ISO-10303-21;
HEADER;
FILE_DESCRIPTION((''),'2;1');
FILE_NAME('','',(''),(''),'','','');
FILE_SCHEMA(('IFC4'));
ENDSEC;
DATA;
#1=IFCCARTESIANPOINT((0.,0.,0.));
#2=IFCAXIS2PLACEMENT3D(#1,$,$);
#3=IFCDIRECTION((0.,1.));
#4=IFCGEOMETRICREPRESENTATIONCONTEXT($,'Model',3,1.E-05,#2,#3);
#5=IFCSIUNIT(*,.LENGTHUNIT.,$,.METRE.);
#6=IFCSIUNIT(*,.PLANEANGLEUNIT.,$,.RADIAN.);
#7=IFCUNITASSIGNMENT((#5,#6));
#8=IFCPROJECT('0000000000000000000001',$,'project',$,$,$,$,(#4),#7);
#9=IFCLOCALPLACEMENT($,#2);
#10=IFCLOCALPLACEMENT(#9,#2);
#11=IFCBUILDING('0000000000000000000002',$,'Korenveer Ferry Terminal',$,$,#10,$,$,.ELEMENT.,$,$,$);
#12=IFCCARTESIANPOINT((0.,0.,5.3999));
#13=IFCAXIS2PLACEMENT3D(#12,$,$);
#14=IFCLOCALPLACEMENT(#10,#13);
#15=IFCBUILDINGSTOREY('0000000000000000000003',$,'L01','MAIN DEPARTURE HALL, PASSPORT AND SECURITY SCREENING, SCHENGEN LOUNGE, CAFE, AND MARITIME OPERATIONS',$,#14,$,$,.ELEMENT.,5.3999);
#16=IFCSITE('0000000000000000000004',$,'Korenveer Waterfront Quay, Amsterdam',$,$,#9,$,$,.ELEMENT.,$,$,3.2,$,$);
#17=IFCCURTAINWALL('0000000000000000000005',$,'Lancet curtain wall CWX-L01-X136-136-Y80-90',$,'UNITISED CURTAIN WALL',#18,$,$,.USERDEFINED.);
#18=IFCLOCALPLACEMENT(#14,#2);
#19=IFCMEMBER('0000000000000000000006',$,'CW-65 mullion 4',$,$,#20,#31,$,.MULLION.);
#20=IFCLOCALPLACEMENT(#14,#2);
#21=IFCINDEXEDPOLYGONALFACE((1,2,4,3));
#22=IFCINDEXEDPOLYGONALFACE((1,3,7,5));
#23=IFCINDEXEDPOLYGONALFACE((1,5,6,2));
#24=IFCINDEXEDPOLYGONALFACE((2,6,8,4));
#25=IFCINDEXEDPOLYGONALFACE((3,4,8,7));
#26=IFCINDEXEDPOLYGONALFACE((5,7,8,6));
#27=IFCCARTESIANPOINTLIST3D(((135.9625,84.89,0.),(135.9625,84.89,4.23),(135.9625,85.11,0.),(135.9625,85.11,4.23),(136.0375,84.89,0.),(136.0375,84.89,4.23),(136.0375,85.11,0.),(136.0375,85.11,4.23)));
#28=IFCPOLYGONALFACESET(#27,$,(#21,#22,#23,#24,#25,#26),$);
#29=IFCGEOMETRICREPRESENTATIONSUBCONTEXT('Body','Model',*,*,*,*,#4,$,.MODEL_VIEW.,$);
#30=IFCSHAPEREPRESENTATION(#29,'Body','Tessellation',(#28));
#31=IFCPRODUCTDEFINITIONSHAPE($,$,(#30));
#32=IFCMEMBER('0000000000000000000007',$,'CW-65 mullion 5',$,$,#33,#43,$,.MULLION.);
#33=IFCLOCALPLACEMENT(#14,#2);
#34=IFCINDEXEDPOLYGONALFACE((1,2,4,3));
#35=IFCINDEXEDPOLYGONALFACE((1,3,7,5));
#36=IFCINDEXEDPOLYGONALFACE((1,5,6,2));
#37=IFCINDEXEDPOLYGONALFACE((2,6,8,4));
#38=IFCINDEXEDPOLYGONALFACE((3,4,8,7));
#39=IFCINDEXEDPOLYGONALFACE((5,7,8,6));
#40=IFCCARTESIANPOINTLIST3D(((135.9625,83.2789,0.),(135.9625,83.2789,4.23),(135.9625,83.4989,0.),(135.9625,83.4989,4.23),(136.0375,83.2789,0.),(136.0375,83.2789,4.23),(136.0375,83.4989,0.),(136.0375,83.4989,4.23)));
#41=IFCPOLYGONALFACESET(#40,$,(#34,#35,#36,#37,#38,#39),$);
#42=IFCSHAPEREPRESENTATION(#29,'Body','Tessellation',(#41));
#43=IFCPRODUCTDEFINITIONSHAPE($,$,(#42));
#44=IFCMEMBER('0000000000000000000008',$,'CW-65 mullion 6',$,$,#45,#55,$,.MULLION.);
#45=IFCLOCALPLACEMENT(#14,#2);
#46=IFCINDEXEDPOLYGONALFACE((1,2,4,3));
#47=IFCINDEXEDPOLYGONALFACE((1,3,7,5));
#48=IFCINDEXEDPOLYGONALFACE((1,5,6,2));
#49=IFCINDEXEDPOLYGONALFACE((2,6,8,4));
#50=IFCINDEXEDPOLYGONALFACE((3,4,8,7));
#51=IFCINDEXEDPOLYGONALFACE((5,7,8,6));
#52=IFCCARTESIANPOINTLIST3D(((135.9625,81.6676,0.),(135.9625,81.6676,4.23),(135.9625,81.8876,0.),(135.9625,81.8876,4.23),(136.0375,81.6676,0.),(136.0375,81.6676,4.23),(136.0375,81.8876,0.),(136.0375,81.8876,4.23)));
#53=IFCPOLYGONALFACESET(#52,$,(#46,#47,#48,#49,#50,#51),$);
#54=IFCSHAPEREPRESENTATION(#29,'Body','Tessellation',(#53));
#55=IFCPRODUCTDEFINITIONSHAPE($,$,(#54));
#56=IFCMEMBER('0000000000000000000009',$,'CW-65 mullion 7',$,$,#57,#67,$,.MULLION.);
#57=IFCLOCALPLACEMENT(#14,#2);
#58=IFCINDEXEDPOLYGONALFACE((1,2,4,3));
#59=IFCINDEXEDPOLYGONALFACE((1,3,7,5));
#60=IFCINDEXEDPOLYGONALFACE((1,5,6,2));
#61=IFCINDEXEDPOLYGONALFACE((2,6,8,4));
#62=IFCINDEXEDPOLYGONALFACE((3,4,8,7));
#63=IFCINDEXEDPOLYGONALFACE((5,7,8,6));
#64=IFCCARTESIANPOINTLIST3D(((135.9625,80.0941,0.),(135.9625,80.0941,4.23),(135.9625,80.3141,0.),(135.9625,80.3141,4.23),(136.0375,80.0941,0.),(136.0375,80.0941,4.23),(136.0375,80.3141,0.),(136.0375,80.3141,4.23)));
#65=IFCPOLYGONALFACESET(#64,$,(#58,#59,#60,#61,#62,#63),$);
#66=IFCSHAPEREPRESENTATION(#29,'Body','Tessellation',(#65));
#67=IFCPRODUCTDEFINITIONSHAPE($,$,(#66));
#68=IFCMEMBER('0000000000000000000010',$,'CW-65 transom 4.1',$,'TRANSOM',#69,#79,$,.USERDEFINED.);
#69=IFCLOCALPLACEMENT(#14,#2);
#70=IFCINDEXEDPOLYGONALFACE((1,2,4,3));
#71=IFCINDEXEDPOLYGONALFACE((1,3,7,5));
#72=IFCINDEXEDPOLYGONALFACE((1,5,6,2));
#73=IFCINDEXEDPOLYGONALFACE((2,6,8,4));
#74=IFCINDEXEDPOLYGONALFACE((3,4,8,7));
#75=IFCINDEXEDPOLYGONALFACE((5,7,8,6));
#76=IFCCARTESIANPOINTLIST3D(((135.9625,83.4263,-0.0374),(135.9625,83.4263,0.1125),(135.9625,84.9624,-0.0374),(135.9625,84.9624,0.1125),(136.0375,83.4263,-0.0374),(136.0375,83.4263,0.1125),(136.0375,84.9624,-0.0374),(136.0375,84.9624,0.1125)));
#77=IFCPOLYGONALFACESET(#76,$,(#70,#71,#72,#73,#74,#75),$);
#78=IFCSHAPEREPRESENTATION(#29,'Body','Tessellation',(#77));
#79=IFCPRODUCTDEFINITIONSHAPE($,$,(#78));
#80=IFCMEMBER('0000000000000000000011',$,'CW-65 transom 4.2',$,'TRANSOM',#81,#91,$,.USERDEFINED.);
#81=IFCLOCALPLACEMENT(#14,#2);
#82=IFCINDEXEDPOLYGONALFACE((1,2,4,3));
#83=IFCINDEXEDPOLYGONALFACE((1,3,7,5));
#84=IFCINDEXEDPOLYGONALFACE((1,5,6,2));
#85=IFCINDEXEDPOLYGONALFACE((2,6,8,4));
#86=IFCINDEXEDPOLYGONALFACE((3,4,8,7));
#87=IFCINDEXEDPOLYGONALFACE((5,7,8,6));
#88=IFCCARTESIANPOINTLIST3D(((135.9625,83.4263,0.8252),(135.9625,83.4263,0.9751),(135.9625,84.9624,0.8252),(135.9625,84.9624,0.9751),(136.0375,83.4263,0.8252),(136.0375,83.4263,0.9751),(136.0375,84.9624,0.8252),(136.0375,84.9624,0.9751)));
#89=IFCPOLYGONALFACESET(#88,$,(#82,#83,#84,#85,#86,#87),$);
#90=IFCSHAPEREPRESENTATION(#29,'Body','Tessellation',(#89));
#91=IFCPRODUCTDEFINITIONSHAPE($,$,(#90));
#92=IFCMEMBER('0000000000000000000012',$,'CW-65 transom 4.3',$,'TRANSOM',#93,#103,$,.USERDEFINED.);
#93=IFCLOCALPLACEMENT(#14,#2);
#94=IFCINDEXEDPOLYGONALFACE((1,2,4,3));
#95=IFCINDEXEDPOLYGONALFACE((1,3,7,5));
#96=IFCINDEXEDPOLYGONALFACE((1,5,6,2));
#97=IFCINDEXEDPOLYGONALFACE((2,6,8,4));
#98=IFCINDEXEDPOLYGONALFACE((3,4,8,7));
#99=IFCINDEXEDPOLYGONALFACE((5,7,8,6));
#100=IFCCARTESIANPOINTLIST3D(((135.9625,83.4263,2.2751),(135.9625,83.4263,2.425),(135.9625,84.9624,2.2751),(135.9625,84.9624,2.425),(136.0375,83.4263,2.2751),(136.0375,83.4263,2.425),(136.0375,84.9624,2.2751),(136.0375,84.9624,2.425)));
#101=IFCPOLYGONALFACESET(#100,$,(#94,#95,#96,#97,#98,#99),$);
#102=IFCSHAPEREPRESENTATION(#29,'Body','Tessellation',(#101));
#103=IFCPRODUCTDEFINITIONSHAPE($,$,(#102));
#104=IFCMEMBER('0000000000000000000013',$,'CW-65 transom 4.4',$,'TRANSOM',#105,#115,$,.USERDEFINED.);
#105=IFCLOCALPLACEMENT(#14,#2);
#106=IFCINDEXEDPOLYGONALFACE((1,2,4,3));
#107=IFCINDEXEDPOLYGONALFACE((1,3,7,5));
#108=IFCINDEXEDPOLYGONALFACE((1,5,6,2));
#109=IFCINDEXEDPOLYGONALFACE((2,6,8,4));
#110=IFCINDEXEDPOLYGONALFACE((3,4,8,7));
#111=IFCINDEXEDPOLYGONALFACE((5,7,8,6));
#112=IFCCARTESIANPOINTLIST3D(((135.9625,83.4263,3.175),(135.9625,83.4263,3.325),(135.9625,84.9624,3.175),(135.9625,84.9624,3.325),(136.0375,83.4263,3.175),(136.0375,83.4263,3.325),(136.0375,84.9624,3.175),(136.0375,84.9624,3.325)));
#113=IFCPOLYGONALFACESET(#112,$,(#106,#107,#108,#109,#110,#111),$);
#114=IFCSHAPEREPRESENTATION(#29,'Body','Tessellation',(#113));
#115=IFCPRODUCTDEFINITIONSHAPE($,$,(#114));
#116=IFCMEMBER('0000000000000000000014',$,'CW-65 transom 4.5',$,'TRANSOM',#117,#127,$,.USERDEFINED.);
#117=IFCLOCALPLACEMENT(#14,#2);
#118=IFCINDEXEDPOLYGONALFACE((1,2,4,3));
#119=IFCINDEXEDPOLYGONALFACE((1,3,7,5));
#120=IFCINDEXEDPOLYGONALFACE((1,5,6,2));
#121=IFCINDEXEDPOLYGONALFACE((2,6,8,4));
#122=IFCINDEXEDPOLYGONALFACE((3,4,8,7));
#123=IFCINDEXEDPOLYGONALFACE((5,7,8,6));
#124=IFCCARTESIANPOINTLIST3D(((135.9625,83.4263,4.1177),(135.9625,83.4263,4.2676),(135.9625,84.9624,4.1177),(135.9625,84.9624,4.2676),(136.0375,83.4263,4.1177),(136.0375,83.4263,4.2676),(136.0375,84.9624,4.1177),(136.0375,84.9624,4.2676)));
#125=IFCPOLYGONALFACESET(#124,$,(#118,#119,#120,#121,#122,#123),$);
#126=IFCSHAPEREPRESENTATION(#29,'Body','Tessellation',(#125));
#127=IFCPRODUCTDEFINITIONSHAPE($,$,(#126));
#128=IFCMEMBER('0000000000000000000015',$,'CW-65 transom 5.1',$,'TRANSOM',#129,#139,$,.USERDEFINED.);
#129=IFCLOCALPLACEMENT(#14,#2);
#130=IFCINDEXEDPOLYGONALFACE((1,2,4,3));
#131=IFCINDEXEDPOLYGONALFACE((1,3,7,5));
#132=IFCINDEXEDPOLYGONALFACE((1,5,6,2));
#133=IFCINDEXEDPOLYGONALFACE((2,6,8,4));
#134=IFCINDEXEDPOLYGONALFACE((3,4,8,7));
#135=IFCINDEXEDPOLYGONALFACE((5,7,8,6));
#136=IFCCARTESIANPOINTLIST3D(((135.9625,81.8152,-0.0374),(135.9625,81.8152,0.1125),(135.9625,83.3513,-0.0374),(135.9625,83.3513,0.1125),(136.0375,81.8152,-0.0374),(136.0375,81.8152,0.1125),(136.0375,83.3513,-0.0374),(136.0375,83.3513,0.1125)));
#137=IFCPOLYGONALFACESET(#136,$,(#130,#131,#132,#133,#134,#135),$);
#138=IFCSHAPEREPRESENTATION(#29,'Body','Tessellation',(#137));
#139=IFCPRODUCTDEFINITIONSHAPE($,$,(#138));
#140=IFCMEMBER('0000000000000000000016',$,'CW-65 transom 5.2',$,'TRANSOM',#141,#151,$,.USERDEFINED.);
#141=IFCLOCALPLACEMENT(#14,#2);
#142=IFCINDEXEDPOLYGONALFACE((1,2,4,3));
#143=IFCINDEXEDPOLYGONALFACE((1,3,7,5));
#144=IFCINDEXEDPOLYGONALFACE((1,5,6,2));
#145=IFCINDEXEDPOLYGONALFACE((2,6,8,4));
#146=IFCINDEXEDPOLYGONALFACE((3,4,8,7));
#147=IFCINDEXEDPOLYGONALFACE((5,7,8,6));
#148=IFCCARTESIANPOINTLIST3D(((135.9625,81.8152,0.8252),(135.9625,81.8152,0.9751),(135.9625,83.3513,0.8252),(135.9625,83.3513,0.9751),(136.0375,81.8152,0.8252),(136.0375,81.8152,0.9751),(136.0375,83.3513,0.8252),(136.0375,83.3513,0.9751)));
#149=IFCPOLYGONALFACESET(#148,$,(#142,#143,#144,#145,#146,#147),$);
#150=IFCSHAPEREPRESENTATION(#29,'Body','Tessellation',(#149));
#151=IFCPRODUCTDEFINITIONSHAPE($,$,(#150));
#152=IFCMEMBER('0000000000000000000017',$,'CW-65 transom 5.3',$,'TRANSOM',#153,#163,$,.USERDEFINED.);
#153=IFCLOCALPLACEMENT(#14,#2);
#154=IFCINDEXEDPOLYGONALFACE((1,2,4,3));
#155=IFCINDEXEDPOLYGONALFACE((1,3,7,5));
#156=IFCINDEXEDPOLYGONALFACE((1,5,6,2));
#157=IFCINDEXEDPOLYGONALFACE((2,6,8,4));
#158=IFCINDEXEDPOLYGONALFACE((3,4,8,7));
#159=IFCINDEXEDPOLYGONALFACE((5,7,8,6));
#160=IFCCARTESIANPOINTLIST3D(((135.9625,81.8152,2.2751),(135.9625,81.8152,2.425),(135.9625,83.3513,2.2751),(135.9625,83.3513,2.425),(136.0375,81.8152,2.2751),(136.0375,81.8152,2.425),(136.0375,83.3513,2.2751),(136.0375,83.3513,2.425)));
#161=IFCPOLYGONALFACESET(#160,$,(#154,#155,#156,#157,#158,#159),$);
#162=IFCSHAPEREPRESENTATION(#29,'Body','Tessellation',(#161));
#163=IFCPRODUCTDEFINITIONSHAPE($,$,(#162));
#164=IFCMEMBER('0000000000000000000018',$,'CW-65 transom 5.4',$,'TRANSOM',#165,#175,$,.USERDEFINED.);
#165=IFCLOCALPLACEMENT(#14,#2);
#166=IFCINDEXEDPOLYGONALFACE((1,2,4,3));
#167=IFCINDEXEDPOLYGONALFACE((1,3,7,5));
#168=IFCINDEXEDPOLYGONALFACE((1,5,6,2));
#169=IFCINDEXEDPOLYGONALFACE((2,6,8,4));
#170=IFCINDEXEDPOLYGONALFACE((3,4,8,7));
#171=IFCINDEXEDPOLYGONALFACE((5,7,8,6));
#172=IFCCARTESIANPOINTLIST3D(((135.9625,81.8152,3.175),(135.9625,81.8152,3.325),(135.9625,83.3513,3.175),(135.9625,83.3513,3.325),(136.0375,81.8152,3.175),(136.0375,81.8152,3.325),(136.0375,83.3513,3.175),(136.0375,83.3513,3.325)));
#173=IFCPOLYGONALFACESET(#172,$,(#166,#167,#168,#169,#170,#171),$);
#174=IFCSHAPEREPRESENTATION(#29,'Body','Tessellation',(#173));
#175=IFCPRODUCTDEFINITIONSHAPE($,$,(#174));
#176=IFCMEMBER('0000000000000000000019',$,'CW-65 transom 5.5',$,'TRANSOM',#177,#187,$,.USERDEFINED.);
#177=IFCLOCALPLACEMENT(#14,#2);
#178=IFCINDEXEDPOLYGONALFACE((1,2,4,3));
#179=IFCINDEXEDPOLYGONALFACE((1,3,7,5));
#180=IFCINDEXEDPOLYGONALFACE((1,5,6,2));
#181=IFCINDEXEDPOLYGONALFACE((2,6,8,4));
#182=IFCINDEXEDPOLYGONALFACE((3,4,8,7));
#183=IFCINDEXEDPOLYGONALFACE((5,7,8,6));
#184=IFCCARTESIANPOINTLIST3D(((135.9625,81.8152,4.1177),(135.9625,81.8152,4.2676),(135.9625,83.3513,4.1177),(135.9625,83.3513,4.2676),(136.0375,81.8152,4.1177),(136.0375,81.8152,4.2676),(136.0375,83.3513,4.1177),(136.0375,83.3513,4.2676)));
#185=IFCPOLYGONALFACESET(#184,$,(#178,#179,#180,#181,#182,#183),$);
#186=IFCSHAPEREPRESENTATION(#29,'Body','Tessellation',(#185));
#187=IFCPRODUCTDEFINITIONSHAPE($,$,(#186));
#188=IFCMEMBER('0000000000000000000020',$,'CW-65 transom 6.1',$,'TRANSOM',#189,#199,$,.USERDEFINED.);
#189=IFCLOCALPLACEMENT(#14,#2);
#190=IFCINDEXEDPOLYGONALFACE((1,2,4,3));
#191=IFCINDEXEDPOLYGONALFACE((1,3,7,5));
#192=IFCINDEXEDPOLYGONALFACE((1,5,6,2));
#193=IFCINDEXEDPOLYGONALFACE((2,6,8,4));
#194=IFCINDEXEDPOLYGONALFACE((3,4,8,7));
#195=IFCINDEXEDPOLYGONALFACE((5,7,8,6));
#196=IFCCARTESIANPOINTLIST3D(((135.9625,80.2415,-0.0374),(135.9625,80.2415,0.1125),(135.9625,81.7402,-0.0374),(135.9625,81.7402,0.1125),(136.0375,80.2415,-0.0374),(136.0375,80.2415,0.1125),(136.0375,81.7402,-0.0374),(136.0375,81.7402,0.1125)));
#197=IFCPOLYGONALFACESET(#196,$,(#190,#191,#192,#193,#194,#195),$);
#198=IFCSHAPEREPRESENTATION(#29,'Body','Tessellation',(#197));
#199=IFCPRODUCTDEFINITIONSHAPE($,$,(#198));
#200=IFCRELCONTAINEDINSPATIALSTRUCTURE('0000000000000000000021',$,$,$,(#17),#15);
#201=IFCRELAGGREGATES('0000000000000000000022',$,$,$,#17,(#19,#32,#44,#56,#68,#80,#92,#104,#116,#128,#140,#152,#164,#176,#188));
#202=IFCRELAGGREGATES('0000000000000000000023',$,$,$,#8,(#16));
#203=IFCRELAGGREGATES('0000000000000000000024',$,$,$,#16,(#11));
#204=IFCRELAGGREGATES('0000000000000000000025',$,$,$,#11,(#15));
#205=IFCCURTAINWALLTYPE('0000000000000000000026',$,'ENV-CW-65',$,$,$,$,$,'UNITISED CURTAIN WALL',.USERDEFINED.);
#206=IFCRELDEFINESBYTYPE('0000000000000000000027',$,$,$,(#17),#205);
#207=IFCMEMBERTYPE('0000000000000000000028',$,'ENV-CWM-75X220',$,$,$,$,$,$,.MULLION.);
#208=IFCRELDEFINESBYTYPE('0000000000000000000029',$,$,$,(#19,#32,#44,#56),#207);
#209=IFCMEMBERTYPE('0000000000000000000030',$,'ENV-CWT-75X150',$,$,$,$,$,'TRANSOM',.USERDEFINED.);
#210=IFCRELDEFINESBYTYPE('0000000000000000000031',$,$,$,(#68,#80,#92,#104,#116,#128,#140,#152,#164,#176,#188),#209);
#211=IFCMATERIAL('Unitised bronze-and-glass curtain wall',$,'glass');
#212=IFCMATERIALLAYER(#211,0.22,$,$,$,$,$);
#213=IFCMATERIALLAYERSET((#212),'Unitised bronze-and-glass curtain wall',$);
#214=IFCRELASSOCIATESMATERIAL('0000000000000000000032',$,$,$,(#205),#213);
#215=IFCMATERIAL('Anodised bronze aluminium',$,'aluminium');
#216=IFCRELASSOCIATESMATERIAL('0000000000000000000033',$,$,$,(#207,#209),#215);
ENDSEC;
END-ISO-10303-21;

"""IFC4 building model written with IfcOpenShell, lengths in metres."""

from ifc_helpers import new_model, si_unit, direction, frame, origin, origin_2d, place, context, subcontext, project, spatial, rectangle, extrude, material, layer, layer_set, material_profile, profile_set, type_object, element, aggregate, save


model = new_model("IFC4")

# Units and contexts
model_context = context("Model", 3, precision=1e-05, world=origin(), true_north=direction((0.0, 1.0)))
body_context = subcontext(model_context, "Body", "Model", "MODEL_VIEW")
ifc_project = project(units=[si_unit("LENGTHUNIT", "METRE"), si_unit("PLANEANGLEUNIT", "RADIAN")], contexts=[model_context])

# Site, building, storey
site_placement = place(None, origin())
site = spatial("IfcSite", under=ifc_project, at=site_placement, Name="Korenveer Waterfront Quay, Amsterdam", CompositionType="ELEMENT", RefElevation=3.2)
building_placement = place(site_placement, origin())
building = spatial("IfcBuilding", under=site, at=building_placement, Name="Korenveer Ferry Terminal", CompositionType="ELEMENT")
storey_placement = place(building_placement, frame((0.0, 0.0, 5.3999)))
storey = spatial("IfcBuildingStorey", under=building, at=storey_placement, Name="L01", Description="MAIN DEPARTURE HALL, PASSPORT AND SECURITY SCREENING, SCHENGEN LOUNGE, CAFE, AND MARITIME OPERATIONS", CompositionType="ELEMENT", Elevation=5.3999)

# Curtain wall, members
ifc_material_1 = material(Name="Unitised bronze-and-glass curtain wall", Category="glass")
ifc_layer_1 = layer(ifc_material_1, 0.22)
ifc_layer_set_1 = layer_set([ifc_layer_1], Name="Unitised bronze-and-glass curtain wall")
curtain_wall_type = type_object("IfcCurtainWallType", Name="ENV-CW-65", ElementType="UNITISED CURTAIN WALL", PredefinedType="USERDEFINED", material=ifc_layer_set_1)
curtain_wall_placement = place(storey_placement, frame((136.0, 89.8335, 0.0)))
curtain_wall = element("IfcCurtainWall", 1, at=curtain_wall_placement, inside=storey, type_object=curtain_wall_type, Name="Lancet curtain wall CWX-L01-X136-136-Y80-90", ObjectType="UNITISED CURTAIN WALL", PredefinedType="USERDEFINED")
ifc_material_2 = material(Name="Anodised bronze aluminium", Category="aluminium")
ifc_material_profile_1 = material_profile(ifc_material_2, rectangle(XDim=0.075, YDim=0.22, at=origin_2d()), Name="ALU 75x220")
ifc_profile_set_1 = profile_set([ifc_material_profile_1], Name="Anodised bronze aluminium")
member_type_1 = type_object("IfcMemberType", Name="ENV-CWM-75X220", PredefinedType="MULLION", material=ifc_profile_set_1)
member_1_placement = place(storey_placement, frame((136.0, 85.0, 0.0), z_axis=(0.0, 0.0, 1.0), x_axis=(1.0, 0.0, 0.0)))
member_1 = element("IfcMember", 2, at=member_1_placement, type_object=member_type_1, Name="CW-65 mullion 4", PredefinedType="MULLION", context=body_context, shape_type="SweptSolid", body=[
    extrude(rectangle(XDim=0.075, YDim=0.22, at=origin_2d()), origin(), (0.0, 0.0, 1.0), 4.23),
])
member_2_placement = place(storey_placement, frame((136.0, 83.3889, 0.0), z_axis=(0.0, 0.0, 1.0), x_axis=(1.0, 0.0, 0.0)))
member_2 = element("IfcMember", 3, at=member_2_placement, type_object=member_type_1, Name="CW-65 mullion 5", PredefinedType="MULLION", context=body_context, shape_type="SweptSolid", body=[
    extrude(rectangle(XDim=0.075, YDim=0.22, at=origin_2d()), origin(), (0.0, 0.0, 1.0), 4.23),
])
member_3_placement = place(storey_placement, frame((136.0, 81.7776, 0.0), z_axis=(0.0, 0.0, 1.0), x_axis=(1.0, 0.0, 0.0)))
member_3 = element("IfcMember", 4, at=member_3_placement, type_object=member_type_1, Name="CW-65 mullion 6", PredefinedType="MULLION", context=body_context, shape_type="SweptSolid", body=[
    extrude(rectangle(XDim=0.075, YDim=0.22, at=origin_2d()), origin(), (0.0, 0.0, 1.0), 4.23),
])
member_4_placement = place(storey_placement, frame((136.0, 80.2041, 0.0), z_axis=(0.0, 0.0, 1.0), x_axis=(1.0, 0.0, 0.0)))
member_4 = element("IfcMember", 5, at=member_4_placement, type_object=member_type_1, Name="CW-65 mullion 7", PredefinedType="MULLION", context=body_context, shape_type="SweptSolid", body=[
    extrude(rectangle(XDim=0.075, YDim=0.22, at=origin_2d()), origin(), (0.0, 0.0, 1.0), 4.23),
])
ifc_material_profile_2 = material_profile(ifc_material_2, rectangle(XDim=0.075, YDim=0.1499, at=origin_2d()), Name="ALU 75x150")
ifc_profile_set_2 = profile_set([ifc_material_profile_2], Name="Anodised bronze aluminium")
member_type_2 = type_object("IfcMemberType", Name="ENV-CWT-75X150", ElementType="TRANSOM", PredefinedType="USERDEFINED", material=ifc_profile_set_2)
member_5_placement = place(storey_placement, frame((136.0, 84.9624, 0.0376), z_axis=(0.0, -1.0, 0.0), x_axis=(1.0, 0.0, 0.0)))
member_5 = element("IfcMember", 6, at=member_5_placement, type_object=member_type_2, Name="CW-65 transom 4.1", ObjectType="TRANSOM", PredefinedType="USERDEFINED", context=body_context, shape_type="SweptSolid", body=[
    extrude(rectangle(XDim=0.075, YDim=0.1499, at=origin_2d()), origin(), (0.0, 0.0, 1.0), 1.5361),
])
member_6_placement = place(storey_placement, frame((136.0, 84.9624, 0.9001), z_axis=(0.0, -1.0, 0.0), x_axis=(1.0, 0.0, 0.0)))
member_6 = element("IfcMember", 7, at=member_6_placement, type_object=member_type_2, Name="CW-65 transom 4.2", ObjectType="TRANSOM", PredefinedType="USERDEFINED", context=body_context, shape_type="SweptSolid", body=[
    extrude(rectangle(XDim=0.075, YDim=0.1499, at=origin_2d()), origin(), (0.0, 0.0, 1.0), 1.5361),
])
member_7_placement = place(storey_placement, frame((136.0, 84.9624, 2.3501), z_axis=(0.0, -1.0, 0.0), x_axis=(1.0, 0.0, 0.0)))
member_7 = element("IfcMember", 8, at=member_7_placement, type_object=member_type_2, Name="CW-65 transom 4.3", ObjectType="TRANSOM", PredefinedType="USERDEFINED", context=body_context, shape_type="SweptSolid", body=[
    extrude(rectangle(XDim=0.075, YDim=0.1499, at=origin_2d()), origin(), (0.0, 0.0, 1.0), 1.5361),
])
member_8_placement = place(storey_placement, frame((136.0, 84.9624, 3.25), z_axis=(0.0, -1.0, 0.0), x_axis=(1.0, 0.0, 0.0)))
member_8 = element("IfcMember", 9, at=member_8_placement, type_object=member_type_2, Name="CW-65 transom 4.4", ObjectType="TRANSOM", PredefinedType="USERDEFINED", context=body_context, shape_type="SweptSolid", body=[
    extrude(rectangle(XDim=0.075, YDim=0.1499, at=origin_2d()), origin(), (0.0, 0.0, 1.0), 1.5361),
])
member_9_placement = place(storey_placement, frame((136.0, 84.9624, 4.1926), z_axis=(0.0, -1.0, 0.0), x_axis=(1.0, 0.0, 0.0)))
member_9 = element("IfcMember", 10, at=member_9_placement, type_object=member_type_2, Name="CW-65 transom 4.5", ObjectType="TRANSOM", PredefinedType="USERDEFINED", context=body_context, shape_type="SweptSolid", body=[
    extrude(rectangle(XDim=0.075, YDim=0.1499, at=origin_2d()), origin(), (0.0, 0.0, 1.0), 1.5361),
])
member_10_placement = place(storey_placement, frame((136.0, 83.3513, 0.0376), z_axis=(0.0, -1.0, 0.0), x_axis=(1.0, 0.0, 0.0)))
member_10 = element("IfcMember", 11, at=member_10_placement, type_object=member_type_2, Name="CW-65 transom 5.1", ObjectType="TRANSOM", PredefinedType="USERDEFINED", context=body_context, shape_type="SweptSolid", body=[
    extrude(rectangle(XDim=0.075, YDim=0.1499, at=origin_2d()), origin(), (0.0, 0.0, 1.0), 1.5361),
])
member_11_placement = place(storey_placement, frame((136.0, 83.3513, 0.9001), z_axis=(0.0, -1.0, 0.0), x_axis=(1.0, 0.0, 0.0)))
member_11 = element("IfcMember", 12, at=member_11_placement, type_object=member_type_2, Name="CW-65 transom 5.2", ObjectType="TRANSOM", PredefinedType="USERDEFINED", context=body_context, shape_type="SweptSolid", body=[
    extrude(rectangle(XDim=0.075, YDim=0.1499, at=origin_2d()), origin(), (0.0, 0.0, 1.0), 1.5361),
])
member_12_placement = place(storey_placement, frame((136.0, 83.3513, 2.3501), z_axis=(0.0, -1.0, 0.0), x_axis=(1.0, 0.0, 0.0)))
member_12 = element("IfcMember", 13, at=member_12_placement, type_object=member_type_2, Name="CW-65 transom 5.3", ObjectType="TRANSOM", PredefinedType="USERDEFINED", context=body_context, shape_type="SweptSolid", body=[
    extrude(rectangle(XDim=0.075, YDim=0.1499, at=origin_2d()), origin(), (0.0, 0.0, 1.0), 1.5361),
])
member_13_placement = place(storey_placement, frame((136.0, 83.3513, 3.25), z_axis=(0.0, -1.0, 0.0), x_axis=(1.0, 0.0, 0.0)))
member_13 = element("IfcMember", 14, at=member_13_placement, type_object=member_type_2, Name="CW-65 transom 5.4", ObjectType="TRANSOM", PredefinedType="USERDEFINED", context=body_context, shape_type="SweptSolid", body=[
    extrude(rectangle(XDim=0.075, YDim=0.1499, at=origin_2d()), origin(), (0.0, 0.0, 1.0), 1.5361),
])
member_14_placement = place(storey_placement, frame((136.0, 83.3513, 4.1926), z_axis=(0.0, -1.0, 0.0), x_axis=(1.0, 0.0, 0.0)))
member_14 = element("IfcMember", 15, at=member_14_placement, type_object=member_type_2, Name="CW-65 transom 5.5", ObjectType="TRANSOM", PredefinedType="USERDEFINED", context=body_context, shape_type="SweptSolid", body=[
    extrude(rectangle(XDim=0.075, YDim=0.1499, at=origin_2d()), origin(), (0.0, 0.0, 1.0), 1.5361),
])
member_15_placement = place(storey_placement, frame((136.0, 81.7402, 0.0376), z_axis=(0.0, -1.0, 0.0), x_axis=(1.0, 0.0, 0.0)))
member_15 = element("IfcMember", 16, at=member_15_placement, type_object=member_type_2, Name="CW-65 transom 6.1", ObjectType="TRANSOM", PredefinedType="USERDEFINED", context=body_context, shape_type="SweptSolid", body=[
    extrude(rectangle(XDim=0.075, YDim=0.1499, at=origin_2d()), origin(), (0.0, 0.0, 1.0), 1.4988),
])

aggregate(curtain_wall, [member_1, member_2, member_3, member_4, member_5, member_6, member_7, member_8, member_9, member_10, member_11, member_12, member_13, member_14, member_15])

save(model, "model.ifc")
